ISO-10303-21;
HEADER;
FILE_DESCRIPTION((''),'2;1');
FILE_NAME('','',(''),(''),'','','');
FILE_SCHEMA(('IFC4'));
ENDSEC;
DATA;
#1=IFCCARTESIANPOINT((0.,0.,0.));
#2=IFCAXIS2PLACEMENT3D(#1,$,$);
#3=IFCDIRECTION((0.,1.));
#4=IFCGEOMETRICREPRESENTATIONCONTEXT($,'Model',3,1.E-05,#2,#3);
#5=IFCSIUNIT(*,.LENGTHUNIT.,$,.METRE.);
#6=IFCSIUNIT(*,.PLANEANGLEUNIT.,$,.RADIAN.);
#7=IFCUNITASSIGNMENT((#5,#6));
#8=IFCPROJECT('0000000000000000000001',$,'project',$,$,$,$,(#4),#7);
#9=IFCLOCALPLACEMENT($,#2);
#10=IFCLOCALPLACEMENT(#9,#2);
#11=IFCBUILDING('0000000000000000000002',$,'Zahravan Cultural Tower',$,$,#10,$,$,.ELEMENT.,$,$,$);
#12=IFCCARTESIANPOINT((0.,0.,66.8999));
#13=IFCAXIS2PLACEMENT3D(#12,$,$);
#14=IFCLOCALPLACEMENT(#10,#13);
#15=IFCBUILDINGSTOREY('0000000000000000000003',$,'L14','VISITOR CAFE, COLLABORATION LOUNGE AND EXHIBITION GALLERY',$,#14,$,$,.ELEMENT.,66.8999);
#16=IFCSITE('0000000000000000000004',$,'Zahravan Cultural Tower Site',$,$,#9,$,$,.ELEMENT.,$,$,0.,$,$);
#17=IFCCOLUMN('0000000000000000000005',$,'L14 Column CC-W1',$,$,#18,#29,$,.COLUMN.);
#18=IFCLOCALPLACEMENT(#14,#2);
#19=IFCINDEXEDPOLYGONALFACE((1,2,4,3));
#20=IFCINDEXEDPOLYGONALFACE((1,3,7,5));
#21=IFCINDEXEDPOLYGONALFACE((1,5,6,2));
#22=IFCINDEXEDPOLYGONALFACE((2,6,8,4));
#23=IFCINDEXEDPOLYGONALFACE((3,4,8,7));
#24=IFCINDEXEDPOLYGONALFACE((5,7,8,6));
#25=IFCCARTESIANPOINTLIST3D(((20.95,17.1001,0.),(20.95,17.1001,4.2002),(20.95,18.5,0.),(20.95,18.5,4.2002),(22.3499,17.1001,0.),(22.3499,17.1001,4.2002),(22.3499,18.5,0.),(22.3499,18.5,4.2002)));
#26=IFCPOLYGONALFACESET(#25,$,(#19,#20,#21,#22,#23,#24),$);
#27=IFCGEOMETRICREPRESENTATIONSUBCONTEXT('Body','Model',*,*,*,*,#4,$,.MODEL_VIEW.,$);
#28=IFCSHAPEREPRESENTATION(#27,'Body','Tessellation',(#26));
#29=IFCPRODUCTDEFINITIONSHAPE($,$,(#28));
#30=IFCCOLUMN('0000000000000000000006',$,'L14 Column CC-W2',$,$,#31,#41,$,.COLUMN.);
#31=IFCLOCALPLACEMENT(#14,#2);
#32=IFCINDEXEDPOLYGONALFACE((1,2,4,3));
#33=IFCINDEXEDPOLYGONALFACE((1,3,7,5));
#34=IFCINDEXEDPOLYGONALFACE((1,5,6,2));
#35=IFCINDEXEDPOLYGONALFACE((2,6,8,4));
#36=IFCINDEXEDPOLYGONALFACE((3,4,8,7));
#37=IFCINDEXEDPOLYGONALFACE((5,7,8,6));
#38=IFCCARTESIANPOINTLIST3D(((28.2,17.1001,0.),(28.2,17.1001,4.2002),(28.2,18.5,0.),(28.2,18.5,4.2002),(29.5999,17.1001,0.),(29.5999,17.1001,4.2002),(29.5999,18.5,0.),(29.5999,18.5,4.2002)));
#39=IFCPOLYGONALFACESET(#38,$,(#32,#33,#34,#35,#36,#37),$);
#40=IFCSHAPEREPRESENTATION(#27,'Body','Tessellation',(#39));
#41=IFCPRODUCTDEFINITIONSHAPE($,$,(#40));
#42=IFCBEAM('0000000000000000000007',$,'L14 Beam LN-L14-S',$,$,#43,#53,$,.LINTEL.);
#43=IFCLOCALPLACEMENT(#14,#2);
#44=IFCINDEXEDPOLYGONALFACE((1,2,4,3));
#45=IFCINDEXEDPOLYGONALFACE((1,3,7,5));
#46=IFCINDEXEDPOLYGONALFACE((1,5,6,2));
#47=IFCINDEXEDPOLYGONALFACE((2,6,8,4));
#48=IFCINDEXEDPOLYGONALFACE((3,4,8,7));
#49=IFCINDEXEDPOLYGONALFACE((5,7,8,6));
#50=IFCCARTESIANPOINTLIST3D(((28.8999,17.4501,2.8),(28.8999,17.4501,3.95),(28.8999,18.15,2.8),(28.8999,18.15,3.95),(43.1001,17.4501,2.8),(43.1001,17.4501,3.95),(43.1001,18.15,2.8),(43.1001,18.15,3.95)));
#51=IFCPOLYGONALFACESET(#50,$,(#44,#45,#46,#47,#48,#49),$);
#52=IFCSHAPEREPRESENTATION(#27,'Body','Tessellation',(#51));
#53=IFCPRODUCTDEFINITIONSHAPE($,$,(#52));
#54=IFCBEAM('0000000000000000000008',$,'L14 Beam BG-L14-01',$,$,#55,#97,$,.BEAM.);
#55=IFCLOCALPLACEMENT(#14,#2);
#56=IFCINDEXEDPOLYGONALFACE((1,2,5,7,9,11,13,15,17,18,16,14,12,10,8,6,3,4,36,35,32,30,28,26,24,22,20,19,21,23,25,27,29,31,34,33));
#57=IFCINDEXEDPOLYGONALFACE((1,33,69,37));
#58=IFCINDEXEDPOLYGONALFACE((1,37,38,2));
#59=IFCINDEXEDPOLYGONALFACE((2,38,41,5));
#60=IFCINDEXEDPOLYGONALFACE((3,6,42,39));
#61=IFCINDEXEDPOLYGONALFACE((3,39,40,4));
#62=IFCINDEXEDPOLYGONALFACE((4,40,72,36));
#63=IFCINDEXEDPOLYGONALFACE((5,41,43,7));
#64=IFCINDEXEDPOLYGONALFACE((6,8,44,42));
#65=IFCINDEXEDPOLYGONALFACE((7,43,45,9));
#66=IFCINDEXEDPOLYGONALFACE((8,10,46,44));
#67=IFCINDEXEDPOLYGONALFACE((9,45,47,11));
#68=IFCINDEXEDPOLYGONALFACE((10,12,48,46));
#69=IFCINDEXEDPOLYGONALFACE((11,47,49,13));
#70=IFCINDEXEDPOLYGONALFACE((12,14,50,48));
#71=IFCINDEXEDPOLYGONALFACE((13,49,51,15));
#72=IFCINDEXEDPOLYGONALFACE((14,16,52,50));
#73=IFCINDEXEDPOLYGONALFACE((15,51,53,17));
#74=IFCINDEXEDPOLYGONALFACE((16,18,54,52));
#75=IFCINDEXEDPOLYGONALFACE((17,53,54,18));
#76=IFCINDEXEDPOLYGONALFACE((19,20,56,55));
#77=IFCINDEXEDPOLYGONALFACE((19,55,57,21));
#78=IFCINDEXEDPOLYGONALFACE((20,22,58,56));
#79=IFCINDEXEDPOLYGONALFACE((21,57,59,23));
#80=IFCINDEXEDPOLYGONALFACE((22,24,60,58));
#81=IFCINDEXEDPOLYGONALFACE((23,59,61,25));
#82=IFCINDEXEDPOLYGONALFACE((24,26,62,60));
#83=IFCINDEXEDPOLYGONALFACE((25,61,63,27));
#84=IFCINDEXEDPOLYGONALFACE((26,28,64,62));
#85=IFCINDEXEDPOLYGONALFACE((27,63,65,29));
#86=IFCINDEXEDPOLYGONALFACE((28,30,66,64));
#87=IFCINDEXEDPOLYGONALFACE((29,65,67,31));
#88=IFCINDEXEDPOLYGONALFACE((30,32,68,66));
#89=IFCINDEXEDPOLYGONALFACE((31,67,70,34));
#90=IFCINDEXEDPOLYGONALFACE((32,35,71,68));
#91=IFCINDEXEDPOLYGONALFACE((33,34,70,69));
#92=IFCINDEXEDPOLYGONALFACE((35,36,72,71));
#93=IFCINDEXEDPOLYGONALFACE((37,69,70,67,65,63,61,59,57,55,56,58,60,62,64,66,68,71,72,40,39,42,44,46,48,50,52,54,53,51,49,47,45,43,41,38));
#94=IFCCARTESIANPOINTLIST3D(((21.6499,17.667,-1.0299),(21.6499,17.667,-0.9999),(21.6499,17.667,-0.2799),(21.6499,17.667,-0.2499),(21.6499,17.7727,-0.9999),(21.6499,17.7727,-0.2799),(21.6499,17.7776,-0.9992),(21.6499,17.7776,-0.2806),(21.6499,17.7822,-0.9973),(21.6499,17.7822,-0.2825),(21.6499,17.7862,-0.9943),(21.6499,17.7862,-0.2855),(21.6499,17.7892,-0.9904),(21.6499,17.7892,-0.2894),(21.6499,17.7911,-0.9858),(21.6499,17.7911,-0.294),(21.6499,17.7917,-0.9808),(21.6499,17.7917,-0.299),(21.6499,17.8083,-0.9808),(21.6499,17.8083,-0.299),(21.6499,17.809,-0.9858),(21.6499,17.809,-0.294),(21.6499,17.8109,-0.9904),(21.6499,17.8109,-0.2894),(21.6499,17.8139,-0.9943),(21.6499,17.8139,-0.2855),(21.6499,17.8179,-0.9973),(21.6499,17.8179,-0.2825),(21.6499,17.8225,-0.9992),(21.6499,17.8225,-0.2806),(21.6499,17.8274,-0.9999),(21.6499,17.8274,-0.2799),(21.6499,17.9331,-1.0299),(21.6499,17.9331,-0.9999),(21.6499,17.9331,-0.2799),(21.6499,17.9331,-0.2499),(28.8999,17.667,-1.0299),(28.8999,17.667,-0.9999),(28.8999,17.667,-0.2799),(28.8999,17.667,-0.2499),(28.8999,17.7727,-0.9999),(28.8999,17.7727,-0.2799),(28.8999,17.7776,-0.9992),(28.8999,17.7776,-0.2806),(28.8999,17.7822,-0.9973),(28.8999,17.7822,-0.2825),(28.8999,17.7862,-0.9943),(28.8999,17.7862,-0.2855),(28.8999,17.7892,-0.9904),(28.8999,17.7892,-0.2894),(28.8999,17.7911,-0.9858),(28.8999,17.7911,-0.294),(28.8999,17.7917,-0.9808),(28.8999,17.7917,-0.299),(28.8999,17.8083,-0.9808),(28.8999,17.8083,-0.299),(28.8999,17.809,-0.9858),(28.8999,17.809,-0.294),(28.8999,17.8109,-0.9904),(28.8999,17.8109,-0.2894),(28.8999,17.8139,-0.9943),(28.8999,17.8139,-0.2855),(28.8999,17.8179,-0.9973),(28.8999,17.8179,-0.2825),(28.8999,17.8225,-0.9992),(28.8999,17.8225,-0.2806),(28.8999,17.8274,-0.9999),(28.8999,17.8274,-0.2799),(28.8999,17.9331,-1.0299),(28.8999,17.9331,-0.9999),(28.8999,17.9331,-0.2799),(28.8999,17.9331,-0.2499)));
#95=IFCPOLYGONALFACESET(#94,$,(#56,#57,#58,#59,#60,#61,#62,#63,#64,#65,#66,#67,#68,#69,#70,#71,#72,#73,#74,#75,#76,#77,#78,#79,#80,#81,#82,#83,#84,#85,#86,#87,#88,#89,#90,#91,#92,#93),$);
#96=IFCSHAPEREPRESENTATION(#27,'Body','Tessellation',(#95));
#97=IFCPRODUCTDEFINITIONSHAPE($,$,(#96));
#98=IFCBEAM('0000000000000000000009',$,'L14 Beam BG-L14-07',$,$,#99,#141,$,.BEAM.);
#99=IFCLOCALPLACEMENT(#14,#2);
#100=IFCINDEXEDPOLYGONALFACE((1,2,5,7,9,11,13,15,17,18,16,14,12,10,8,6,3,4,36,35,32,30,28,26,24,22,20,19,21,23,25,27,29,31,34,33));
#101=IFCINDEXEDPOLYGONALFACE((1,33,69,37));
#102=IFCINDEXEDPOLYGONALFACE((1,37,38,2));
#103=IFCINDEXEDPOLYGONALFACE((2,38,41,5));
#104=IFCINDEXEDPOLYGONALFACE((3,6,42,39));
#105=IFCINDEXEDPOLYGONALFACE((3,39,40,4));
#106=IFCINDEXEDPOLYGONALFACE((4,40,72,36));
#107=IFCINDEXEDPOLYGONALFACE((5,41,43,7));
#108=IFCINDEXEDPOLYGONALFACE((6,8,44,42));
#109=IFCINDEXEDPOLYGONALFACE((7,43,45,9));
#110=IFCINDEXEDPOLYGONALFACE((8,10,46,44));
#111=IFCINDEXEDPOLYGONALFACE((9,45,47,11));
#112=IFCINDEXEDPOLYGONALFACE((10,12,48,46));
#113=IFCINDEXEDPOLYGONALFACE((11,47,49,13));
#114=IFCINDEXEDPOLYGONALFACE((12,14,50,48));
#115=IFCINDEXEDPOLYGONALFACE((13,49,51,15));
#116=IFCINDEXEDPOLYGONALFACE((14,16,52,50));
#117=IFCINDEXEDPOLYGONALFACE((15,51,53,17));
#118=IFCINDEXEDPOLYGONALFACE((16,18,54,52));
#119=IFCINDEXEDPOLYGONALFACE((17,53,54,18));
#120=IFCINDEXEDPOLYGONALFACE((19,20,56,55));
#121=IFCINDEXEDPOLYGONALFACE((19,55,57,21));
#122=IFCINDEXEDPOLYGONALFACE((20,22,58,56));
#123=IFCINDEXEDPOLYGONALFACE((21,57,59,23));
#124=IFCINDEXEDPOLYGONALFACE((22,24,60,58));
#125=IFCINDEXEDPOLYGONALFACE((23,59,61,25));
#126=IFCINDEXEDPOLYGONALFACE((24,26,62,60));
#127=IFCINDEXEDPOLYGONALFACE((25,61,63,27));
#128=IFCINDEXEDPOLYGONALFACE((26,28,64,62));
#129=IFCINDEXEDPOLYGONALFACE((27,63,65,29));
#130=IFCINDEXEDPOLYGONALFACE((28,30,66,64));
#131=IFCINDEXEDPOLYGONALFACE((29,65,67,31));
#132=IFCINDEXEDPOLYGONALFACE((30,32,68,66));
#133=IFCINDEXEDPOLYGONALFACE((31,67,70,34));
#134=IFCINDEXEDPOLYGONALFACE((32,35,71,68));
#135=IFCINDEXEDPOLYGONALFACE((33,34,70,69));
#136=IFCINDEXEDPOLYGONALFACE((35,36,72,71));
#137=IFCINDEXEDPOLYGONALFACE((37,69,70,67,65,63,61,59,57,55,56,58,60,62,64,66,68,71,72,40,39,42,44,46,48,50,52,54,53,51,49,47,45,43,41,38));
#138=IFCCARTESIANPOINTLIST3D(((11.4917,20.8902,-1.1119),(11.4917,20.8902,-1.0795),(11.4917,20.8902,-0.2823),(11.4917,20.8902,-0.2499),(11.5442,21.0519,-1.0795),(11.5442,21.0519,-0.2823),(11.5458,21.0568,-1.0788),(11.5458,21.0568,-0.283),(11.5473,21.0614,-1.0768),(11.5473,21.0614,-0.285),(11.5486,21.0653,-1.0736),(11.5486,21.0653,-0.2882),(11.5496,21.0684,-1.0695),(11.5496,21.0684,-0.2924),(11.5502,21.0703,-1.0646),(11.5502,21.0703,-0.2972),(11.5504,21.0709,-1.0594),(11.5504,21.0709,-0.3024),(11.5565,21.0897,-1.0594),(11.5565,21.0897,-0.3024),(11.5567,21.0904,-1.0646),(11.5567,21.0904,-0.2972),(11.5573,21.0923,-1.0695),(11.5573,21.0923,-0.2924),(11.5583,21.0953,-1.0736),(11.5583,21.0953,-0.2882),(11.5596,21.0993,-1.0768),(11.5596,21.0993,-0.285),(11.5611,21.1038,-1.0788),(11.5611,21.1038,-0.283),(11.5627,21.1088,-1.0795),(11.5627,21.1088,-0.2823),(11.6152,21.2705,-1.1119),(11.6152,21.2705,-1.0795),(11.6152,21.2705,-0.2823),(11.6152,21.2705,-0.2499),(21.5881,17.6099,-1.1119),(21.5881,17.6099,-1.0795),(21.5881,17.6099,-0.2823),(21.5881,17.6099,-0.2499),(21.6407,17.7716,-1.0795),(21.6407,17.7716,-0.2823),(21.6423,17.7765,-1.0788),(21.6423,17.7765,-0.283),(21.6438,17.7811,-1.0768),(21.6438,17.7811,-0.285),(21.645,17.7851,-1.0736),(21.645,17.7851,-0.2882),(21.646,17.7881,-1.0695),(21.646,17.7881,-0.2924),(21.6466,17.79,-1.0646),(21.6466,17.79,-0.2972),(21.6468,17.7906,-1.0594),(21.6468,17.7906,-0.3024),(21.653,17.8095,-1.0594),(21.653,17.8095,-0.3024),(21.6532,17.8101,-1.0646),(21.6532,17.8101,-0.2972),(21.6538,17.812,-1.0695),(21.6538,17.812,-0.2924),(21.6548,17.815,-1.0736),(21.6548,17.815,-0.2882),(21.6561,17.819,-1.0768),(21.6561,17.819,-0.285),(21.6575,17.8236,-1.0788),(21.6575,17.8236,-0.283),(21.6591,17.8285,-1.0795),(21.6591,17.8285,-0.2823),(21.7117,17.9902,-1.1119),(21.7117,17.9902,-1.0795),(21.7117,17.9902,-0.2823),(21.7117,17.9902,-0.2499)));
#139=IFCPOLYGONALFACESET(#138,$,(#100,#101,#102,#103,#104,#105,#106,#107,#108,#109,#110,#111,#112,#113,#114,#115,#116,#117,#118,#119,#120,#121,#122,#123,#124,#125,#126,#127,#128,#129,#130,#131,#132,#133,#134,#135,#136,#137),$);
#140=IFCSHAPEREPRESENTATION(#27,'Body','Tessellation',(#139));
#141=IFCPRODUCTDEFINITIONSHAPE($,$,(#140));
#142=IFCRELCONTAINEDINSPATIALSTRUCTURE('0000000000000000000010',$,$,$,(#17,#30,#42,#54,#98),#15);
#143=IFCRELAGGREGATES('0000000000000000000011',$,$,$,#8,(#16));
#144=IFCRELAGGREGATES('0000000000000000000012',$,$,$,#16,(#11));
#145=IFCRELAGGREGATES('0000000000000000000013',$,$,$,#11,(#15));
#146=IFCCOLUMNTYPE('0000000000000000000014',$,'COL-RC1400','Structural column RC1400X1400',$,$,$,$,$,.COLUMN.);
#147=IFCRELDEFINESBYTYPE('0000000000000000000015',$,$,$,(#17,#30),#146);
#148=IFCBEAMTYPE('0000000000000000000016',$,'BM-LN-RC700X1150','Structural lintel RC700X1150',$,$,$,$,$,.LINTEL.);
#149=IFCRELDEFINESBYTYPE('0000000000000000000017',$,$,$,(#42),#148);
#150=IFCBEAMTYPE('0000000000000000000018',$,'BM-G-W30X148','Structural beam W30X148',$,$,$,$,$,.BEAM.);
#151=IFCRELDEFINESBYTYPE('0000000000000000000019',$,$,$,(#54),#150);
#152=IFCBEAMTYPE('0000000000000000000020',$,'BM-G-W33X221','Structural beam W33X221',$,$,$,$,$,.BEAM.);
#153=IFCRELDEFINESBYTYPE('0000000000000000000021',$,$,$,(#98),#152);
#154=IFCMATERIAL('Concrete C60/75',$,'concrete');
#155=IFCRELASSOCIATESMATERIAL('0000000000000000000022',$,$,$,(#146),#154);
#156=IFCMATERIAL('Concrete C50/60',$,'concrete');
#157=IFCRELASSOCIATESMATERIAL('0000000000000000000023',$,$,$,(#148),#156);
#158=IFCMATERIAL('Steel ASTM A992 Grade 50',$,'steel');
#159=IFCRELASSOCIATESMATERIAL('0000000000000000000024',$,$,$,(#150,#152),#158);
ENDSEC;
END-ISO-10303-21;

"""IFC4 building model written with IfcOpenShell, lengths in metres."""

from ifc_helpers import new_model, si_unit, direction, frame, origin, origin_2d, place, context, subcontext, project, spatial, rectangle, i_section, extrude, source, transform, mapped, material, material_profile, profile_set, type_object, element, save


model = new_model("IFC4")

# Units and contexts
model_context = context("Model", 3, precision=1e-05, world=origin(), true_north=direction((0.0, 1.0)))
body_context = subcontext(model_context, "Body", "Model", "MODEL_VIEW")
ifc_project = project(units=[si_unit("LENGTHUNIT", "METRE"), si_unit("PLANEANGLEUNIT", "RADIAN")], contexts=[model_context])

# Site, building, storey
site_placement = place(None, origin())
site = spatial("IfcSite", under=ifc_project, at=site_placement, Name="Zahravan Cultural Tower Site", CompositionType="ELEMENT", RefElevation=0.0)
building_placement = place(site_placement, origin())
building = spatial("IfcBuilding", under=site, at=building_placement, Name="Zahravan Cultural Tower", CompositionType="ELEMENT")
storey_placement = place(building_placement, frame((0.0, 0.0, 66.8999)))
storey = spatial("IfcBuildingStorey", under=building, at=storey_placement, Name="L14", Description="VISITOR CAFE, COLLABORATION LOUNGE AND EXHIBITION GALLERY", CompositionType="ELEMENT", Elevation=66.8999)

# Columns
ifc_material_1 = material(Name="Concrete C60/75", Category="concrete")
ifc_material_profile_1 = material_profile(ifc_material_1, rectangle(XDim=1.3999, YDim=1.3999, at=origin_2d()), Name="RC1400X1400")
ifc_profile_set_1 = profile_set([ifc_material_profile_1], Name="Concrete C60/75")
column_type = type_object("IfcColumnType", Name="COL-RC1400", Description="Structural column RC1400X1400", PredefinedType="COLUMN", material=ifc_profile_set_1)
shared_shape_1 = source(origin(), body_context, "Body", "SweptSolid", [
    extrude(rectangle(XDim=1.3999, YDim=1.3999, at=origin_2d()), origin(), (0.0, 0.0, 1.0), 4.2002),
])
for number, where, z_axis, x_axis, name in (
    (1, (21.6499, 17.8, 0.0), (0.0, 0.0, 1.0), (1.0, 0.0, 0.0), "L14 Column CC-W1"),
    (2, (28.8999, 17.8, 0.0), (0.0, 0.0, 1.0), (1.0, 0.0, 0.0), "L14 Column CC-W2"),
):
    element("IfcColumn", number, at=place(storey_placement, frame(where, z_axis=z_axis, x_axis=x_axis)), inside=storey, type_object=column_type, Name=name, PredefinedType="COLUMN", context=body_context, shape_type="MappedRepresentation", body=[
        mapped(shared_shape_1, transform((0.0, 0.0, 0.0), x_axis=(1.0, 0.0, 0.0), y_axis=(0.0, 1.0, 0.0), z_axis=(0.0, 0.0, 1.0), scale=1.0)),
    ])

# Beams
ifc_material_2 = material(Name="Concrete C50/60", Category="concrete")
ifc_material_profile_2 = material_profile(ifc_material_2, rectangle(XDim=0.7, YDim=1.1499, at=origin_2d()), Name="RC700X1150")
ifc_profile_set_2 = profile_set([ifc_material_profile_2], Name="Concrete C50/60")
beam_type_1 = type_object("IfcBeamType", Name="BM-LN-RC700X1150", Description="Structural lintel RC700X1150", PredefinedType="LINTEL", material=ifc_profile_set_2)
shared_shape_2 = source(origin(), body_context, "Body", "SweptSolid", [
    extrude(rectangle(XDim=0.7, YDim=1.1499, at=origin_2d()), origin(), (0.0, 0.0, 1.0), 14.2002),
])
beam_1_placement = place(storey_placement, frame((28.8999, 17.8, 3.375), z_axis=(1.0, 0.0, 0.0), x_axis=(0.0, 1.0, 0.0)))
element("IfcBeam", 3, at=beam_1_placement, inside=storey, type_object=beam_type_1, Name="L14 Beam LN-L14-S", PredefinedType="LINTEL", context=body_context, shape_type="MappedRepresentation", body=[
    mapped(shared_shape_2, transform((0.0, 0.0, 0.0), x_axis=(1.0, 0.0, 0.0), y_axis=(0.0, 1.0, 0.0), z_axis=(0.0, 0.0, 1.0), scale=1.0)),
])
ifc_material_3 = material(Name="Steel ASTM A992 Grade 50", Category="steel")
ifc_material_profile_3 = material_profile(ifc_material_3, i_section(OverallWidth=0.2661, OverallDepth=0.78, WebThickness=0.0166, FlangeThickness=0.03, FilletRadius=0.019, at=origin_2d()), Name="W30X148")
ifc_profile_set_3 = profile_set([ifc_material_profile_3], Name="Steel ASTM A992 Grade 50")
beam_type_2 = type_object("IfcBeamType", Name="BM-G-W30X148", Description="Structural beam W30X148", PredefinedType="BEAM", material=ifc_profile_set_3)
shared_shape_3 = source(origin(), body_context, "Body", "SweptSolid", [
    extrude(i_section(OverallWidth=0.2661, OverallDepth=0.78, WebThickness=0.0166, FlangeThickness=0.03, FilletRadius=0.019, at=origin_2d()), origin(), (0.0, 0.0, 1.0), 7.25),
])
beam_2_placement = place(storey_placement, frame((21.6499, 17.8, -0.6399), z_axis=(1.0, 0.0, 0.0), x_axis=(0.0, 1.0, 0.0)))
element("IfcBeam", 4, at=beam_2_placement, inside=storey, type_object=beam_type_2, Name="L14 Beam BG-L14-01", PredefinedType="BEAM", context=body_context, shape_type="MappedRepresentation", body=[
    mapped(shared_shape_3, transform((0.0, 0.0, 0.0), x_axis=(1.0, 0.0, 0.0), y_axis=(0.0, 1.0, 0.0), z_axis=(0.0, 0.0, 1.0), scale=1.0)),
])
ifc_material_profile_4 = material_profile(ifc_material_3, i_section(OverallWidth=0.3999, OverallDepth=0.8621, WebThickness=0.0198, FlangeThickness=0.0325, FilletRadius=0.02, at=origin_2d()), Name="W33X221")
ifc_profile_set_4 = profile_set([ifc_material_profile_4], Name="Steel ASTM A992 Grade 50")
beam_type_3 = type_object("IfcBeamType", Name="BM-G-W33X221", Description="Structural beam W33X221", PredefinedType="BEAM", material=ifc_profile_set_4)
shared_shape_4 = source(origin(), body_context, "Body", "SweptSolid", [
    extrude(i_section(OverallWidth=0.3999, OverallDepth=0.8621, WebThickness=0.0198, FlangeThickness=0.0325, FilletRadius=0.02, at=origin_2d()), origin(), (0.0, 0.0, 1.0), 10.616),
])
beam_3_placement = place(storey_placement, frame((21.6499, 17.8, -0.6809), z_axis=(-0.951064, 0.308995, 0.0), x_axis=(-0.308995, -0.951064, 0.0)))
element("IfcBeam", 5, at=beam_3_placement, inside=storey, type_object=beam_type_3, Name="L14 Beam BG-L14-07", PredefinedType="BEAM", context=body_context, shape_type="MappedRepresentation", body=[
    mapped(shared_shape_4, transform((0.0, 0.0, 0.0), x_axis=(1.0, 0.0, 0.0), y_axis=(0.0, 1.0, 0.0), z_axis=(0.0, 0.0, 1.0), scale=1.0)),
])

save(model, "model.ifc")
